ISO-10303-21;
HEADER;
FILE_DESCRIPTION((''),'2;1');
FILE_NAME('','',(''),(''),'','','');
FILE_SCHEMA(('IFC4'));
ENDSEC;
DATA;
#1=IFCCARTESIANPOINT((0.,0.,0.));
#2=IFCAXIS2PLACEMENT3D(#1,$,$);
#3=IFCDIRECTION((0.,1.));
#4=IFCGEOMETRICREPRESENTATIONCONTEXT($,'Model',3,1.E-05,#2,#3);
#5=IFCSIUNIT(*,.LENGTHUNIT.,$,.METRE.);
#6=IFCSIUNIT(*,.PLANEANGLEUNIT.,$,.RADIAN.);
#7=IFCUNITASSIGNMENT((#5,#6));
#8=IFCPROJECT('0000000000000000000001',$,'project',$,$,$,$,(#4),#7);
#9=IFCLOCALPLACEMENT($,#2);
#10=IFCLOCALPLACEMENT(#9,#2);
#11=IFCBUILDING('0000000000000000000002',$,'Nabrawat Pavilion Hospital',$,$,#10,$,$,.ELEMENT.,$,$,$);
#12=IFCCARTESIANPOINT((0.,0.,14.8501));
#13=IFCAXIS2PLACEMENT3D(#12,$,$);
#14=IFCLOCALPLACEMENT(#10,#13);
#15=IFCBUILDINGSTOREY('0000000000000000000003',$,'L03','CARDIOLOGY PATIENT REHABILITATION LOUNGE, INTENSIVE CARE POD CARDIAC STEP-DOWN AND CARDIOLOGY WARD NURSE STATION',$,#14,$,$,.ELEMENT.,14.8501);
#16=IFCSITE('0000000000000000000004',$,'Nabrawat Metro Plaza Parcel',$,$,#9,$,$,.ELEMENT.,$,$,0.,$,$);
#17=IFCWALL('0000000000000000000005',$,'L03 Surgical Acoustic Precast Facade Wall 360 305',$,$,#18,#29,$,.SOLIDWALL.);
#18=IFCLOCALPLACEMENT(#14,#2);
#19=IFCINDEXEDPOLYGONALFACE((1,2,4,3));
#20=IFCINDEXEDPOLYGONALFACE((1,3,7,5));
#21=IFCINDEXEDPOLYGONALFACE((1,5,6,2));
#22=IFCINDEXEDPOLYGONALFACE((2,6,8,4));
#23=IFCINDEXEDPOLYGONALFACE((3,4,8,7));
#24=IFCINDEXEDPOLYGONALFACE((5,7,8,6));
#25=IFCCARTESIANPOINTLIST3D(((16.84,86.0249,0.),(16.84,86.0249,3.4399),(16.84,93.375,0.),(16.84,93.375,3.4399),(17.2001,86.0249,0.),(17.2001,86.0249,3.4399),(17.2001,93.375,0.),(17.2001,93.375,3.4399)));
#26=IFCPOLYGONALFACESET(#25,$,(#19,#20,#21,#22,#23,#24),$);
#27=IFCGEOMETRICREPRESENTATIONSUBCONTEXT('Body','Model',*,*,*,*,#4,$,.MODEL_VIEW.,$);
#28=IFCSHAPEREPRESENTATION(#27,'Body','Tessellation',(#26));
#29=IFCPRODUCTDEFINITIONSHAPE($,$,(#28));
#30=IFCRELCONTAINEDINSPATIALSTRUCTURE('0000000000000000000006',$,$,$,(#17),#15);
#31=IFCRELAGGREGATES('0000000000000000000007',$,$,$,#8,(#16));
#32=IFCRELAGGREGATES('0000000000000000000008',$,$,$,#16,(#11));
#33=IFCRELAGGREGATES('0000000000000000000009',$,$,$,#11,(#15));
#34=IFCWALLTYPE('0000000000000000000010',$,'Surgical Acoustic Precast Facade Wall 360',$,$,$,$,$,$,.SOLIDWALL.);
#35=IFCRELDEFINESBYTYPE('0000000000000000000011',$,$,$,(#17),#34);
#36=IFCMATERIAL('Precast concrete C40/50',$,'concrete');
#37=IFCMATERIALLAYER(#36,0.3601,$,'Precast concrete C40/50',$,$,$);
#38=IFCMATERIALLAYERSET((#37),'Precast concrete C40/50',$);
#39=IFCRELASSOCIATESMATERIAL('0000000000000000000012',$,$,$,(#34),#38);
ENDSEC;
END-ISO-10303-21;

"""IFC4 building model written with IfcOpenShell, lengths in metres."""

from ifc_helpers import new_model, si_unit, direction, frame, frame_2d, origin, place, context, subcontext, project, spatial, rectangle, extrude, material, layer, layer_set, type_object, element, save


model = new_model("IFC4")

# Units and contexts
model_context = context("Model", 3, precision=1e-05, world=origin(), true_north=direction((0.0, 1.0)))
body_context = subcontext(model_context, "Body", "Model", "MODEL_VIEW")
ifc_project = project(units=[si_unit("LENGTHUNIT", "METRE"), si_unit("PLANEANGLEUNIT", "RADIAN")], contexts=[model_context])

# Site, building, storey
site_placement = place(None, origin())
site = spatial("IfcSite", under=ifc_project, at=site_placement, Name="Nabrawat Metro Plaza Parcel", CompositionType="ELEMENT", RefElevation=0.0)
building_placement = place(site_placement, origin())
building = spatial("IfcBuilding", under=site, at=building_placement, Name="Nabrawat Pavilion Hospital", CompositionType="ELEMENT")
storey_placement = place(building_placement, frame((0.0, 0.0, 14.8501)))
storey = spatial("IfcBuildingStorey", under=building, at=storey_placement, Name="L03", Description="CARDIOLOGY PATIENT REHABILITATION LOUNGE, INTENSIVE CARE POD CARDIAC STEP-DOWN AND CARDIOLOGY WARD NURSE STATION", CompositionType="ELEMENT", Elevation=14.8501)

# Wall
ifc_material_1 = material(Name="Precast concrete C40/50", Category="concrete")
ifc_layer_1 = layer(ifc_material_1, 0.3601, Name="Precast concrete C40/50")
ifc_layer_set_1 = layer_set([ifc_layer_1], Name="Precast concrete C40/50")
wall_type_1 = type_object("IfcWallType", Name="Surgical Acoustic Precast Facade Wall 360", PredefinedType="SOLIDWALL", material=ifc_layer_set_1)
wall_1_placement = place(storey_placement, frame((17.02, 86.0249, 0.0), z_axis=(0.0, 0.0, 1.0), x_axis=(0.0, 1.0, 0.0)))
element("IfcWall", 1, at=wall_1_placement, inside=storey, type_object=wall_type_1, Name="L03 Surgical Acoustic Precast Facade Wall 360 305", PredefinedType="SOLIDWALL", context=body_context, shape_type="SweptSolid", body=[
    extrude(rectangle(XDim=7.3501, YDim=0.3601, at=frame_2d((3.675, 0.0))), origin(), (0.0, 0.0, 1.0), 3.4399),
])

save(model, "model.ifc")
